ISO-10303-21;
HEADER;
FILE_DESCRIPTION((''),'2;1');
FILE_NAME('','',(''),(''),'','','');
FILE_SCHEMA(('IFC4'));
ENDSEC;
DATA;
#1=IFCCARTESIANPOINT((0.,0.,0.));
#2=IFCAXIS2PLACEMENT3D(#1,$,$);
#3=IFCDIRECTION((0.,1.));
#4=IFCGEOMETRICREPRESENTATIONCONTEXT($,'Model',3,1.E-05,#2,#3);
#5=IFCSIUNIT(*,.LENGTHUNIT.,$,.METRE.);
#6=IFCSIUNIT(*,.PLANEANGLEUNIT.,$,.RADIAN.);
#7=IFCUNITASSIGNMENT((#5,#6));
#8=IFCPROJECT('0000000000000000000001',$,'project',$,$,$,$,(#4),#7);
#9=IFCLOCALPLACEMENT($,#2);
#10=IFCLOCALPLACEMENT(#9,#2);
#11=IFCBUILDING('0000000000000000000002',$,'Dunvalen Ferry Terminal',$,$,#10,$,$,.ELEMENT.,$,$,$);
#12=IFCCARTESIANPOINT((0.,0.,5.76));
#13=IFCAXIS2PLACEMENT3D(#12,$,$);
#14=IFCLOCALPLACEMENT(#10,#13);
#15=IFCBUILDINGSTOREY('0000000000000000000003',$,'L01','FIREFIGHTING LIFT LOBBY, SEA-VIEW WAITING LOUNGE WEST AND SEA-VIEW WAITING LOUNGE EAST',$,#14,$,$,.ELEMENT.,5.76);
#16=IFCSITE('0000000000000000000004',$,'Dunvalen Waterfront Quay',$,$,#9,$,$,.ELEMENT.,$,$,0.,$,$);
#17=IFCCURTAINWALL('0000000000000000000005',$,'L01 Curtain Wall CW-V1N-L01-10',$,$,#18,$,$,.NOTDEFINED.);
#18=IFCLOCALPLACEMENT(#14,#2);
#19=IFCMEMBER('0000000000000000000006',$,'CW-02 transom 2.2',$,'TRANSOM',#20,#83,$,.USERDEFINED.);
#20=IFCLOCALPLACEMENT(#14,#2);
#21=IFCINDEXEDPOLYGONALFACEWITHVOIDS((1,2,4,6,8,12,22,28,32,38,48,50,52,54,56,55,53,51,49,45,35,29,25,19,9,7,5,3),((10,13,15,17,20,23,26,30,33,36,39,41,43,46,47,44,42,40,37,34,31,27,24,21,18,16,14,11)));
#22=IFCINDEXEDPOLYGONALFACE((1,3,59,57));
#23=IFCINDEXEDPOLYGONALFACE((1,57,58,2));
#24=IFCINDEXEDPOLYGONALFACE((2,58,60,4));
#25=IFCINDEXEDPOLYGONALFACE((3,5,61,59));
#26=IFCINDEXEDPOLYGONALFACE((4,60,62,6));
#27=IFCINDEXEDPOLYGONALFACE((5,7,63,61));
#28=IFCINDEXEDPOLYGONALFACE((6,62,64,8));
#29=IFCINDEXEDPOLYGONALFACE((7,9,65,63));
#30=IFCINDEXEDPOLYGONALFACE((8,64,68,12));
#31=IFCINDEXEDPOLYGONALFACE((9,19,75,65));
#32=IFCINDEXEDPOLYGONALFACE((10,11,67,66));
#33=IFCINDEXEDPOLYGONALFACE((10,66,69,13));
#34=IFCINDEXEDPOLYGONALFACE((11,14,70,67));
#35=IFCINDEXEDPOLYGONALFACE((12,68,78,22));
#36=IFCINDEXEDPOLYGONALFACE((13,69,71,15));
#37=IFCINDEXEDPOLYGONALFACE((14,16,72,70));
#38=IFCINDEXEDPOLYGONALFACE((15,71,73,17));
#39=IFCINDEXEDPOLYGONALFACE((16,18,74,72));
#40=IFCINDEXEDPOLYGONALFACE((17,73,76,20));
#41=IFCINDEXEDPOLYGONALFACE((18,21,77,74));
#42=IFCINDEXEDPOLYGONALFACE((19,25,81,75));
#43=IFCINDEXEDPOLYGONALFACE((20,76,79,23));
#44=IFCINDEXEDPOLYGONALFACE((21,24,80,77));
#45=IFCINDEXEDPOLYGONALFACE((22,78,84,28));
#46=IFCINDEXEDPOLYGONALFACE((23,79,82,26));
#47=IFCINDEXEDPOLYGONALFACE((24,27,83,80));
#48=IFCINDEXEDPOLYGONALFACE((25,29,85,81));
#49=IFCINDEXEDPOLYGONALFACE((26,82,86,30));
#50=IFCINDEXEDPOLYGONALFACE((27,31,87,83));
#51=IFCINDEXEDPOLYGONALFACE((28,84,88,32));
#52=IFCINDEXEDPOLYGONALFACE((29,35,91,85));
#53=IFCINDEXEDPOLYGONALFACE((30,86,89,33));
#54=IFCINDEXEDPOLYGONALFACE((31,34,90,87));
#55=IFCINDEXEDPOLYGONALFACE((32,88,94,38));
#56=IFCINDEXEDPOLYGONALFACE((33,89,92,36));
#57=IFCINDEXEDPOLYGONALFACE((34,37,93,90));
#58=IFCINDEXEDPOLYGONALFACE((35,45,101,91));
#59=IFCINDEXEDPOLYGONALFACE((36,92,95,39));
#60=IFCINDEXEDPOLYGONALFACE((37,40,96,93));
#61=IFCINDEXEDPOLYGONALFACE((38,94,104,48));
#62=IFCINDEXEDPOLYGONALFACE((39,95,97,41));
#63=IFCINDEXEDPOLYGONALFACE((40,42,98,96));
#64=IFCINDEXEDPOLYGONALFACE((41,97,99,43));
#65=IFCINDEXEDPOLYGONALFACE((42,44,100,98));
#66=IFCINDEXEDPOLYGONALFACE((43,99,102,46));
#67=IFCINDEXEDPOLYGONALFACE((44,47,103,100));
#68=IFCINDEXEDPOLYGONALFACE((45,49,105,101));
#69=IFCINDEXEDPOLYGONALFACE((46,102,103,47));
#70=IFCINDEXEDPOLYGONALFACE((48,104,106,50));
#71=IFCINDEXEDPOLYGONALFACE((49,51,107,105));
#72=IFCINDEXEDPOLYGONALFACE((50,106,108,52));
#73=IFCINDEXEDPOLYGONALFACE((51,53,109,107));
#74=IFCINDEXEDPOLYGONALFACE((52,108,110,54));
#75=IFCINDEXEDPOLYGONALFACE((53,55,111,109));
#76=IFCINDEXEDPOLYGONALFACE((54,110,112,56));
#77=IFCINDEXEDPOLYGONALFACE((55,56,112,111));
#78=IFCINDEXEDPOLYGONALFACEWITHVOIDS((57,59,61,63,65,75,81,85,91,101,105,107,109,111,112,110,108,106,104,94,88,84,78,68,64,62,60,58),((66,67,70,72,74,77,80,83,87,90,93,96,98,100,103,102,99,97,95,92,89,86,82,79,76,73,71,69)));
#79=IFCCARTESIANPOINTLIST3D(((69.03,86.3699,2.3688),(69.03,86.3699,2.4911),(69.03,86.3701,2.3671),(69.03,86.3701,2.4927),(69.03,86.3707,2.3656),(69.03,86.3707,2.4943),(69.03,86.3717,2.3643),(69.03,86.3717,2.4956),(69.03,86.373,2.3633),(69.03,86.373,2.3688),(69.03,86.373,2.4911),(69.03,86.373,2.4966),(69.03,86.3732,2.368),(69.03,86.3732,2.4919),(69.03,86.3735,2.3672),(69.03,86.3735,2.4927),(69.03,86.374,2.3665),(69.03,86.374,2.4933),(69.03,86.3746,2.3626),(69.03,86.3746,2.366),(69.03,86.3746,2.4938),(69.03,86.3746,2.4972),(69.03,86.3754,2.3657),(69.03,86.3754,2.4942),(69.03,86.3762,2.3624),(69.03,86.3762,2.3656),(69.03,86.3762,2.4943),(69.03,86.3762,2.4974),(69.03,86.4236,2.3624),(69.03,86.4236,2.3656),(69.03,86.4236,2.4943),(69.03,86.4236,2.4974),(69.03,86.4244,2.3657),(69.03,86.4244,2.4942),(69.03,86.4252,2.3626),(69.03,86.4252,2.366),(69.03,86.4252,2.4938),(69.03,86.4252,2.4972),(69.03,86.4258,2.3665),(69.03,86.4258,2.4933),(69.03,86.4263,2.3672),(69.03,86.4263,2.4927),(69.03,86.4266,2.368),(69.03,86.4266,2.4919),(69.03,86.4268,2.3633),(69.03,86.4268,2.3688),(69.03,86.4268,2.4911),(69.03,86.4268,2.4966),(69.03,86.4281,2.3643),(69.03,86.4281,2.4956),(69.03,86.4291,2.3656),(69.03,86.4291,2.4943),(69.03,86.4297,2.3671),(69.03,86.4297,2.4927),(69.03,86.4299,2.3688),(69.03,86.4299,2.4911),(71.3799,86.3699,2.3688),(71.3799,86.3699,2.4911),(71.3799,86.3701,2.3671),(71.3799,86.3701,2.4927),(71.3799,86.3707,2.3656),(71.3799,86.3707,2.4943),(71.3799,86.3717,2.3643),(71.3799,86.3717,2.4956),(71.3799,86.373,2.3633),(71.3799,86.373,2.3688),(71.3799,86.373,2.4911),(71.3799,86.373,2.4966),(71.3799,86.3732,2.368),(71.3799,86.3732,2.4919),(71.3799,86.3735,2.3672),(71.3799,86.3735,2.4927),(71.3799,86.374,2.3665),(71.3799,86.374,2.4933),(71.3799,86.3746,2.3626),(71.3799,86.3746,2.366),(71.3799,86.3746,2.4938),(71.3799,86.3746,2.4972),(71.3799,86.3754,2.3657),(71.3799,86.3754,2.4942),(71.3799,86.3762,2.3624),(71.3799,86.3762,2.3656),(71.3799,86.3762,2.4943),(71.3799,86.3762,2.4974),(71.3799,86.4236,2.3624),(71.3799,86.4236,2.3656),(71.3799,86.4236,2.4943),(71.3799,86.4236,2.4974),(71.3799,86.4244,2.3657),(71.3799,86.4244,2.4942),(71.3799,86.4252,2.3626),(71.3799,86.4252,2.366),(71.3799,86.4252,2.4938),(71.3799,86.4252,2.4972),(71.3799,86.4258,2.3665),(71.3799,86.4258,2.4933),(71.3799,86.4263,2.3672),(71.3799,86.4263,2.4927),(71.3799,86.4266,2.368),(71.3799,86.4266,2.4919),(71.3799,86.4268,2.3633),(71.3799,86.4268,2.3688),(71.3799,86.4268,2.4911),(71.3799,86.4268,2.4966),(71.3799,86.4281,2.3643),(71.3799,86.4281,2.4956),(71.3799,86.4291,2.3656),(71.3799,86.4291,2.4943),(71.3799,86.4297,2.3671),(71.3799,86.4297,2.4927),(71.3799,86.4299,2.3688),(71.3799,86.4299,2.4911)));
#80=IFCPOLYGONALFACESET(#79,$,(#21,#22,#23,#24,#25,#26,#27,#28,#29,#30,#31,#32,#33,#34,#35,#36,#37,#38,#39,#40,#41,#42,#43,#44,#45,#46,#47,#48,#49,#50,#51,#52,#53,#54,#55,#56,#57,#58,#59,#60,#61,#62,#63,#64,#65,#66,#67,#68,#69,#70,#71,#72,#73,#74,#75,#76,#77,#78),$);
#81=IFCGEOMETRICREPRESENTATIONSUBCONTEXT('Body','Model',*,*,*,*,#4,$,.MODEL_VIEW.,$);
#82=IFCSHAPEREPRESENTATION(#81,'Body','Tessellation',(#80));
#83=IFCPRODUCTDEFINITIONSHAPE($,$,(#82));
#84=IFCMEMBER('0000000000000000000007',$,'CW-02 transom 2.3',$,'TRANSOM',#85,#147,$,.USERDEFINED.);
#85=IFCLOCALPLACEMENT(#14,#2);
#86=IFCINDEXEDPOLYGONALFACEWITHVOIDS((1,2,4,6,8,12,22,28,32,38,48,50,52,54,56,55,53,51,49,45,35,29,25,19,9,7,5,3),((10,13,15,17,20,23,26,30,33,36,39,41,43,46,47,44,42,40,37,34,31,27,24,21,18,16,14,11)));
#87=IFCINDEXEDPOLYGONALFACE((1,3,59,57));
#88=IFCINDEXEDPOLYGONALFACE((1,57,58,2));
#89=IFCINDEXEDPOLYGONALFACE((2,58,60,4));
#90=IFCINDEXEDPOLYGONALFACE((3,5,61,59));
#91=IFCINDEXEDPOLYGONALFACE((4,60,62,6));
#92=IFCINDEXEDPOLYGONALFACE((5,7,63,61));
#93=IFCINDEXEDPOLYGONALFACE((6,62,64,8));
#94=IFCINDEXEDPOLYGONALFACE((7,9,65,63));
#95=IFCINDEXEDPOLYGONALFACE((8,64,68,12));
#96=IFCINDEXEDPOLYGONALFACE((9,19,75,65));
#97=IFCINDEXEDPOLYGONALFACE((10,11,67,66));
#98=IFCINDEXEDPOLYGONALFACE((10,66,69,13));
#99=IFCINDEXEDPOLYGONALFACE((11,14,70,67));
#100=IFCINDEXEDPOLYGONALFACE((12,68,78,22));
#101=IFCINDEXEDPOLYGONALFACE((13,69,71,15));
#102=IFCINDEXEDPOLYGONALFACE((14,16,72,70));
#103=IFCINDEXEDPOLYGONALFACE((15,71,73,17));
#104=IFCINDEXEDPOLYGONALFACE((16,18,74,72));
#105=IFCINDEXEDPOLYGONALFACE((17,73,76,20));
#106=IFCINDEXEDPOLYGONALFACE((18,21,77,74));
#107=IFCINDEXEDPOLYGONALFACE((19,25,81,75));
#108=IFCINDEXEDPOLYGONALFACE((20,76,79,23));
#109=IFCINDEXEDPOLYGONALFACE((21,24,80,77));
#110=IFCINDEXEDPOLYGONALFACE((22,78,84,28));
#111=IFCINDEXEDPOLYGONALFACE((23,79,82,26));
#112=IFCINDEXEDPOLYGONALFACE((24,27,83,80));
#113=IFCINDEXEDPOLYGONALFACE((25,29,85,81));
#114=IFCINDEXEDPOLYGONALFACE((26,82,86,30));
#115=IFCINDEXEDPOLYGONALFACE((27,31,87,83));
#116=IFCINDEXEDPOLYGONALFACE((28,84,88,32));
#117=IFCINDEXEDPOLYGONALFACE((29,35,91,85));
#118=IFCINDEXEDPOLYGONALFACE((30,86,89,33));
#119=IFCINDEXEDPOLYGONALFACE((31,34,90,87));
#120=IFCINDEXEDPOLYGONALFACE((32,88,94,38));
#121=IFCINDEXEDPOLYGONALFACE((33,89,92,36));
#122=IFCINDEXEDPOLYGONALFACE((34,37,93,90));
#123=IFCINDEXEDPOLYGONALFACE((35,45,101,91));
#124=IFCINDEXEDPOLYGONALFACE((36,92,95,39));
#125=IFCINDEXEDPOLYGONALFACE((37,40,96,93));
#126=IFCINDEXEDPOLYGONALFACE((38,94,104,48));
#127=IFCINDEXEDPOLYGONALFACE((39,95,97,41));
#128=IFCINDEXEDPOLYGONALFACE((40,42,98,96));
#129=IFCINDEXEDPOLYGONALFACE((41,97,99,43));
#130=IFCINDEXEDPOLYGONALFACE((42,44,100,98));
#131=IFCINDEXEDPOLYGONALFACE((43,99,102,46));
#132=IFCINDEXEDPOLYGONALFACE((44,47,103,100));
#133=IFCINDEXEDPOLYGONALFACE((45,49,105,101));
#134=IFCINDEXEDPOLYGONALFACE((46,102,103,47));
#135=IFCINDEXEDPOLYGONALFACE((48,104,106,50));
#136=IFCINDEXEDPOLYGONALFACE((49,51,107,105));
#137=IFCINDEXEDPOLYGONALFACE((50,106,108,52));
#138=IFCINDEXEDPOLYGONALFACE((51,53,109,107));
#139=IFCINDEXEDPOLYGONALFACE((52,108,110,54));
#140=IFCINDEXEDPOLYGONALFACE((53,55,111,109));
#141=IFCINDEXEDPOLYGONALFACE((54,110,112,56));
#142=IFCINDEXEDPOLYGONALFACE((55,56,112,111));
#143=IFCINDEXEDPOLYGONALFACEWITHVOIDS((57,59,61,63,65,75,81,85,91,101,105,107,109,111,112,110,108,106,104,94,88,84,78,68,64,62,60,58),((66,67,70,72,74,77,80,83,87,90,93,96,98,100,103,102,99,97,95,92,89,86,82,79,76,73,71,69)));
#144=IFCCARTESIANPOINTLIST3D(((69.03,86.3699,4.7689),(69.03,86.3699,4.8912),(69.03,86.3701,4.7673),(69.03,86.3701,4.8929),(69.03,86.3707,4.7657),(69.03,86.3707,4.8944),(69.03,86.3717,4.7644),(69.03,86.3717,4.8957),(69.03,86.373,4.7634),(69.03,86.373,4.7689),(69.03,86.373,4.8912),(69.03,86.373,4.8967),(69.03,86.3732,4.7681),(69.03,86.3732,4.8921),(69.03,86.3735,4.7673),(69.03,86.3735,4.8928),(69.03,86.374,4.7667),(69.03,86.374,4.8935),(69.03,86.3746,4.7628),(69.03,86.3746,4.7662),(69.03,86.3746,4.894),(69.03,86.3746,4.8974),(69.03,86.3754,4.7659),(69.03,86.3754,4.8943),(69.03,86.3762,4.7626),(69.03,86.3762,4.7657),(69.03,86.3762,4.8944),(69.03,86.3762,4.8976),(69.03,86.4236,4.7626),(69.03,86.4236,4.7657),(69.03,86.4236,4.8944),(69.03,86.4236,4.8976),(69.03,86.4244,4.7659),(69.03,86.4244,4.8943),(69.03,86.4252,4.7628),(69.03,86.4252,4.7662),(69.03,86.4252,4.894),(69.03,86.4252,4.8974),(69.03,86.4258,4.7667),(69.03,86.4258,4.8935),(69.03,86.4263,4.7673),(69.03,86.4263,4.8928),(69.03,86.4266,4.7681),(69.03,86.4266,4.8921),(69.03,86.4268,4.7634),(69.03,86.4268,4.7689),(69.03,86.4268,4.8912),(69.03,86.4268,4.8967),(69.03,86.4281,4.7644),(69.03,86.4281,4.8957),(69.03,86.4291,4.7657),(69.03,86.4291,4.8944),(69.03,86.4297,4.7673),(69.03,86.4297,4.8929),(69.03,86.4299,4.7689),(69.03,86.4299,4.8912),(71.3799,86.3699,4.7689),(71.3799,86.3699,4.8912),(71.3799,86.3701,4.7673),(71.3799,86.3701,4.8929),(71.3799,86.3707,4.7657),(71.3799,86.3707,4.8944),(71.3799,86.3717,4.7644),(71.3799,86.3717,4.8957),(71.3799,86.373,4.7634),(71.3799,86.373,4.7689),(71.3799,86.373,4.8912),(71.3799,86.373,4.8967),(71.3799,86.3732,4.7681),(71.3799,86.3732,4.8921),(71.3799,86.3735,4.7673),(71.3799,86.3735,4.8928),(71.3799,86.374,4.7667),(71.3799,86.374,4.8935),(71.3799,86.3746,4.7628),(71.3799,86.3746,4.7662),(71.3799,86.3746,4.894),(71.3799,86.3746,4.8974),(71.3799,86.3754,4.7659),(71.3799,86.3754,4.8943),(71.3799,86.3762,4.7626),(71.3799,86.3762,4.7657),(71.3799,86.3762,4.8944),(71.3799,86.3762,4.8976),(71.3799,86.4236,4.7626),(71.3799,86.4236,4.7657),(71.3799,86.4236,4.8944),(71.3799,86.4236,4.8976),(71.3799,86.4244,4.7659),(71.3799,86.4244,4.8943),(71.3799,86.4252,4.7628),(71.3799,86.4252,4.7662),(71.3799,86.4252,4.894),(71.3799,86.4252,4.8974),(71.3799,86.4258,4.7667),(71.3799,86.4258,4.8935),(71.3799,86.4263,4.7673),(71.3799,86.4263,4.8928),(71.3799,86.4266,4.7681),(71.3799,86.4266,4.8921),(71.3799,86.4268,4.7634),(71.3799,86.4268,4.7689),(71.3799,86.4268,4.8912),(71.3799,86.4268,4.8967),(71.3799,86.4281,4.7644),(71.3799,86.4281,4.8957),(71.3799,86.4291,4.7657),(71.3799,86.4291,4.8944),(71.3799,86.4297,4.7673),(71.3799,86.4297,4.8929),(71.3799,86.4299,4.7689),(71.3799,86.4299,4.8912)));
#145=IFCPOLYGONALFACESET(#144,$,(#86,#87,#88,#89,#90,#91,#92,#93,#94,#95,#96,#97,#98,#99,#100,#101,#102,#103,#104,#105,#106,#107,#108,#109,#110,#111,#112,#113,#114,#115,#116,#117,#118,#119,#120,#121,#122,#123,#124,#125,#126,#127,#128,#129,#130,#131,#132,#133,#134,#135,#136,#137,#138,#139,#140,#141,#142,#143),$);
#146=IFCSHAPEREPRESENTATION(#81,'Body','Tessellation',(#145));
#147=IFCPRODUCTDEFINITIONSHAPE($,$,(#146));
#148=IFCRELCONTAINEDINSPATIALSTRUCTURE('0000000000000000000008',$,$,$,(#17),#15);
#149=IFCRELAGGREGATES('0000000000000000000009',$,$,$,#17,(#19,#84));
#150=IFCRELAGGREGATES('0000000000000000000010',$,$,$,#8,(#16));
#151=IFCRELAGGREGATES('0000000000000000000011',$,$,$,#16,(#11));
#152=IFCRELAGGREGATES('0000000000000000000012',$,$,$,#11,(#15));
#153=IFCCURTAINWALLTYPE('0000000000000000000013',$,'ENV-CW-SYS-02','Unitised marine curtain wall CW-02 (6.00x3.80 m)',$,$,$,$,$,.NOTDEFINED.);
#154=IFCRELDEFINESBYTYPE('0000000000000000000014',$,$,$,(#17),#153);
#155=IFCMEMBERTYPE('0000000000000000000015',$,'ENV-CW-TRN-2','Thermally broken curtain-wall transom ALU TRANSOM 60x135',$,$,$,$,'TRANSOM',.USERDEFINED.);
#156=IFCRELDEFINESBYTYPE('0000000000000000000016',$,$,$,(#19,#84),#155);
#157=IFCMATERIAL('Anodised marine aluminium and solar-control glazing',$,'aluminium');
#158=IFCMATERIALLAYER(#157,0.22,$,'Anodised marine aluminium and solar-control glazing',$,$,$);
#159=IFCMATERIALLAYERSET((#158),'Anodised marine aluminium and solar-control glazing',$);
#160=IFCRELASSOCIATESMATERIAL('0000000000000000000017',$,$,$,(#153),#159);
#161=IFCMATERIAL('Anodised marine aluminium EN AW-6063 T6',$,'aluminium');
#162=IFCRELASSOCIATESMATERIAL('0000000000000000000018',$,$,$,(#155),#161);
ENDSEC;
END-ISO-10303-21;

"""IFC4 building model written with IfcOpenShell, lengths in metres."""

from ifc_helpers import new_model, si_unit, direction, frame, origin, origin_2d, place, context, subcontext, project, spatial, hollow_rectangle, extrude, material, layer, layer_set, material_profile, profile_set, type_object, element, aggregate, save


model = new_model("IFC4")

# Units and contexts
model_context = context("Model", 3, precision=1e-05, world=origin(), true_north=direction((0.0, 1.0)))
body_context = subcontext(model_context, "Body", "Model", "MODEL_VIEW")
ifc_project = project(units=[si_unit("LENGTHUNIT", "METRE"), si_unit("PLANEANGLEUNIT", "RADIAN")], contexts=[model_context])

# Site, building, storey
site_placement = place(None, origin())
site = spatial("IfcSite", under=ifc_project, at=site_placement, Name="Dunvalen Waterfront Quay", CompositionType="ELEMENT", RefElevation=0.0)
building_placement = place(site_placement, origin())
building = spatial("IfcBuilding", under=site, at=building_placement, Name="Dunvalen Ferry Terminal", CompositionType="ELEMENT")
storey_placement = place(building_placement, frame((0.0, 0.0, 5.76)))
storey = spatial("IfcBuildingStorey", under=building, at=storey_placement, Name="L01", Description="FIREFIGHTING LIFT LOBBY, SEA-VIEW WAITING LOUNGE WEST AND SEA-VIEW WAITING LOUNGE EAST", CompositionType="ELEMENT", Elevation=5.76)

# Curtain wall
ifc_material_1 = material(Name="Anodised marine aluminium and solar-control glazing", Category="aluminium")
ifc_layer_1 = layer(ifc_material_1, 0.22, Name="Anodised marine aluminium and solar-control glazing")
ifc_layer_set_1 = layer_set([ifc_layer_1], Name="Anodised marine aluminium and solar-control glazing")
curtain_wall_type = type_object("IfcCurtainWallType", Name="ENV-CW-SYS-02", Description="Unitised marine curtain wall CW-02 (6.00x3.80 m)", PredefinedType="NOTDEFINED", material=ifc_layer_set_1)
curtain_wall_1_placement = place(storey_placement, origin())
curtain_wall_1 = element("IfcCurtainWall", 1, at=curtain_wall_1_placement, inside=storey, type_object=curtain_wall_type, Name="L01 Curtain Wall CW-V1N-L01-10", PredefinedType="NOTDEFINED")
ifc_material_2 = material(Name="Anodised marine aluminium EN AW-6063 T6", Category="aluminium")

# Members
ifc_material_profile_1 = material_profile(ifc_material_2, hollow_rectangle(XDim=0.0601, YDim=0.135, WallThickness=0.0032, InnerFilletRadius=0.0032, OuterFilletRadius=0.0063, at=origin_2d()), Name="Anodised marine aluminium EN AW-6063 T6")
ifc_profile_set_1 = profile_set([ifc_material_profile_1], Name="Anodised marine aluminium EN AW-6063 T6")
member_type_1 = type_object("IfcMemberType", Name="ENV-CW-TRN-2", Description="Thermally broken curtain-wall transom ALU TRANSOM 60x135", ElementType="TRANSOM", PredefinedType="USERDEFINED", material=ifc_profile_set_1)
member_1_placement = place(storey_placement, frame((69.03, 86.3999, 2.4299), z_axis=(1.0, 0.0, 0.0), x_axis=(0.0, 1.0, 0.0)))
member_1 = element("IfcMember", 2, at=member_1_placement, type_object=member_type_1, Name="CW-02 transom 2.2", ObjectType="TRANSOM", PredefinedType="USERDEFINED", context=body_context, shape_type="SweptSolid", body=[
    extrude(hollow_rectangle(XDim=0.0601, YDim=0.135, WallThickness=0.0032, InnerFilletRadius=0.0032, OuterFilletRadius=0.0063, at=origin_2d()), origin(), (0.0, 0.0, 1.0), 2.3499),
])
member_2_placement = place(storey_placement, frame((69.03, 86.3999, 4.8301), z_axis=(1.0, 0.0, 0.0), x_axis=(0.0, 1.0, 0.0)))
member_2 = element("IfcMember", 3, at=member_2_placement, type_object=member_type_1, Name="CW-02 transom 2.3", ObjectType="TRANSOM", PredefinedType="USERDEFINED", context=body_context, shape_type="SweptSolid", body=[
    extrude(hollow_rectangle(XDim=0.0601, YDim=0.135, WallThickness=0.0032, InnerFilletRadius=0.0032, OuterFilletRadius=0.0063, at=origin_2d()), origin(), (0.0, 0.0, 1.0), 2.3499),
])

aggregate(curtain_wall_1, [member_1, member_2])

save(model, "model.ifc")
